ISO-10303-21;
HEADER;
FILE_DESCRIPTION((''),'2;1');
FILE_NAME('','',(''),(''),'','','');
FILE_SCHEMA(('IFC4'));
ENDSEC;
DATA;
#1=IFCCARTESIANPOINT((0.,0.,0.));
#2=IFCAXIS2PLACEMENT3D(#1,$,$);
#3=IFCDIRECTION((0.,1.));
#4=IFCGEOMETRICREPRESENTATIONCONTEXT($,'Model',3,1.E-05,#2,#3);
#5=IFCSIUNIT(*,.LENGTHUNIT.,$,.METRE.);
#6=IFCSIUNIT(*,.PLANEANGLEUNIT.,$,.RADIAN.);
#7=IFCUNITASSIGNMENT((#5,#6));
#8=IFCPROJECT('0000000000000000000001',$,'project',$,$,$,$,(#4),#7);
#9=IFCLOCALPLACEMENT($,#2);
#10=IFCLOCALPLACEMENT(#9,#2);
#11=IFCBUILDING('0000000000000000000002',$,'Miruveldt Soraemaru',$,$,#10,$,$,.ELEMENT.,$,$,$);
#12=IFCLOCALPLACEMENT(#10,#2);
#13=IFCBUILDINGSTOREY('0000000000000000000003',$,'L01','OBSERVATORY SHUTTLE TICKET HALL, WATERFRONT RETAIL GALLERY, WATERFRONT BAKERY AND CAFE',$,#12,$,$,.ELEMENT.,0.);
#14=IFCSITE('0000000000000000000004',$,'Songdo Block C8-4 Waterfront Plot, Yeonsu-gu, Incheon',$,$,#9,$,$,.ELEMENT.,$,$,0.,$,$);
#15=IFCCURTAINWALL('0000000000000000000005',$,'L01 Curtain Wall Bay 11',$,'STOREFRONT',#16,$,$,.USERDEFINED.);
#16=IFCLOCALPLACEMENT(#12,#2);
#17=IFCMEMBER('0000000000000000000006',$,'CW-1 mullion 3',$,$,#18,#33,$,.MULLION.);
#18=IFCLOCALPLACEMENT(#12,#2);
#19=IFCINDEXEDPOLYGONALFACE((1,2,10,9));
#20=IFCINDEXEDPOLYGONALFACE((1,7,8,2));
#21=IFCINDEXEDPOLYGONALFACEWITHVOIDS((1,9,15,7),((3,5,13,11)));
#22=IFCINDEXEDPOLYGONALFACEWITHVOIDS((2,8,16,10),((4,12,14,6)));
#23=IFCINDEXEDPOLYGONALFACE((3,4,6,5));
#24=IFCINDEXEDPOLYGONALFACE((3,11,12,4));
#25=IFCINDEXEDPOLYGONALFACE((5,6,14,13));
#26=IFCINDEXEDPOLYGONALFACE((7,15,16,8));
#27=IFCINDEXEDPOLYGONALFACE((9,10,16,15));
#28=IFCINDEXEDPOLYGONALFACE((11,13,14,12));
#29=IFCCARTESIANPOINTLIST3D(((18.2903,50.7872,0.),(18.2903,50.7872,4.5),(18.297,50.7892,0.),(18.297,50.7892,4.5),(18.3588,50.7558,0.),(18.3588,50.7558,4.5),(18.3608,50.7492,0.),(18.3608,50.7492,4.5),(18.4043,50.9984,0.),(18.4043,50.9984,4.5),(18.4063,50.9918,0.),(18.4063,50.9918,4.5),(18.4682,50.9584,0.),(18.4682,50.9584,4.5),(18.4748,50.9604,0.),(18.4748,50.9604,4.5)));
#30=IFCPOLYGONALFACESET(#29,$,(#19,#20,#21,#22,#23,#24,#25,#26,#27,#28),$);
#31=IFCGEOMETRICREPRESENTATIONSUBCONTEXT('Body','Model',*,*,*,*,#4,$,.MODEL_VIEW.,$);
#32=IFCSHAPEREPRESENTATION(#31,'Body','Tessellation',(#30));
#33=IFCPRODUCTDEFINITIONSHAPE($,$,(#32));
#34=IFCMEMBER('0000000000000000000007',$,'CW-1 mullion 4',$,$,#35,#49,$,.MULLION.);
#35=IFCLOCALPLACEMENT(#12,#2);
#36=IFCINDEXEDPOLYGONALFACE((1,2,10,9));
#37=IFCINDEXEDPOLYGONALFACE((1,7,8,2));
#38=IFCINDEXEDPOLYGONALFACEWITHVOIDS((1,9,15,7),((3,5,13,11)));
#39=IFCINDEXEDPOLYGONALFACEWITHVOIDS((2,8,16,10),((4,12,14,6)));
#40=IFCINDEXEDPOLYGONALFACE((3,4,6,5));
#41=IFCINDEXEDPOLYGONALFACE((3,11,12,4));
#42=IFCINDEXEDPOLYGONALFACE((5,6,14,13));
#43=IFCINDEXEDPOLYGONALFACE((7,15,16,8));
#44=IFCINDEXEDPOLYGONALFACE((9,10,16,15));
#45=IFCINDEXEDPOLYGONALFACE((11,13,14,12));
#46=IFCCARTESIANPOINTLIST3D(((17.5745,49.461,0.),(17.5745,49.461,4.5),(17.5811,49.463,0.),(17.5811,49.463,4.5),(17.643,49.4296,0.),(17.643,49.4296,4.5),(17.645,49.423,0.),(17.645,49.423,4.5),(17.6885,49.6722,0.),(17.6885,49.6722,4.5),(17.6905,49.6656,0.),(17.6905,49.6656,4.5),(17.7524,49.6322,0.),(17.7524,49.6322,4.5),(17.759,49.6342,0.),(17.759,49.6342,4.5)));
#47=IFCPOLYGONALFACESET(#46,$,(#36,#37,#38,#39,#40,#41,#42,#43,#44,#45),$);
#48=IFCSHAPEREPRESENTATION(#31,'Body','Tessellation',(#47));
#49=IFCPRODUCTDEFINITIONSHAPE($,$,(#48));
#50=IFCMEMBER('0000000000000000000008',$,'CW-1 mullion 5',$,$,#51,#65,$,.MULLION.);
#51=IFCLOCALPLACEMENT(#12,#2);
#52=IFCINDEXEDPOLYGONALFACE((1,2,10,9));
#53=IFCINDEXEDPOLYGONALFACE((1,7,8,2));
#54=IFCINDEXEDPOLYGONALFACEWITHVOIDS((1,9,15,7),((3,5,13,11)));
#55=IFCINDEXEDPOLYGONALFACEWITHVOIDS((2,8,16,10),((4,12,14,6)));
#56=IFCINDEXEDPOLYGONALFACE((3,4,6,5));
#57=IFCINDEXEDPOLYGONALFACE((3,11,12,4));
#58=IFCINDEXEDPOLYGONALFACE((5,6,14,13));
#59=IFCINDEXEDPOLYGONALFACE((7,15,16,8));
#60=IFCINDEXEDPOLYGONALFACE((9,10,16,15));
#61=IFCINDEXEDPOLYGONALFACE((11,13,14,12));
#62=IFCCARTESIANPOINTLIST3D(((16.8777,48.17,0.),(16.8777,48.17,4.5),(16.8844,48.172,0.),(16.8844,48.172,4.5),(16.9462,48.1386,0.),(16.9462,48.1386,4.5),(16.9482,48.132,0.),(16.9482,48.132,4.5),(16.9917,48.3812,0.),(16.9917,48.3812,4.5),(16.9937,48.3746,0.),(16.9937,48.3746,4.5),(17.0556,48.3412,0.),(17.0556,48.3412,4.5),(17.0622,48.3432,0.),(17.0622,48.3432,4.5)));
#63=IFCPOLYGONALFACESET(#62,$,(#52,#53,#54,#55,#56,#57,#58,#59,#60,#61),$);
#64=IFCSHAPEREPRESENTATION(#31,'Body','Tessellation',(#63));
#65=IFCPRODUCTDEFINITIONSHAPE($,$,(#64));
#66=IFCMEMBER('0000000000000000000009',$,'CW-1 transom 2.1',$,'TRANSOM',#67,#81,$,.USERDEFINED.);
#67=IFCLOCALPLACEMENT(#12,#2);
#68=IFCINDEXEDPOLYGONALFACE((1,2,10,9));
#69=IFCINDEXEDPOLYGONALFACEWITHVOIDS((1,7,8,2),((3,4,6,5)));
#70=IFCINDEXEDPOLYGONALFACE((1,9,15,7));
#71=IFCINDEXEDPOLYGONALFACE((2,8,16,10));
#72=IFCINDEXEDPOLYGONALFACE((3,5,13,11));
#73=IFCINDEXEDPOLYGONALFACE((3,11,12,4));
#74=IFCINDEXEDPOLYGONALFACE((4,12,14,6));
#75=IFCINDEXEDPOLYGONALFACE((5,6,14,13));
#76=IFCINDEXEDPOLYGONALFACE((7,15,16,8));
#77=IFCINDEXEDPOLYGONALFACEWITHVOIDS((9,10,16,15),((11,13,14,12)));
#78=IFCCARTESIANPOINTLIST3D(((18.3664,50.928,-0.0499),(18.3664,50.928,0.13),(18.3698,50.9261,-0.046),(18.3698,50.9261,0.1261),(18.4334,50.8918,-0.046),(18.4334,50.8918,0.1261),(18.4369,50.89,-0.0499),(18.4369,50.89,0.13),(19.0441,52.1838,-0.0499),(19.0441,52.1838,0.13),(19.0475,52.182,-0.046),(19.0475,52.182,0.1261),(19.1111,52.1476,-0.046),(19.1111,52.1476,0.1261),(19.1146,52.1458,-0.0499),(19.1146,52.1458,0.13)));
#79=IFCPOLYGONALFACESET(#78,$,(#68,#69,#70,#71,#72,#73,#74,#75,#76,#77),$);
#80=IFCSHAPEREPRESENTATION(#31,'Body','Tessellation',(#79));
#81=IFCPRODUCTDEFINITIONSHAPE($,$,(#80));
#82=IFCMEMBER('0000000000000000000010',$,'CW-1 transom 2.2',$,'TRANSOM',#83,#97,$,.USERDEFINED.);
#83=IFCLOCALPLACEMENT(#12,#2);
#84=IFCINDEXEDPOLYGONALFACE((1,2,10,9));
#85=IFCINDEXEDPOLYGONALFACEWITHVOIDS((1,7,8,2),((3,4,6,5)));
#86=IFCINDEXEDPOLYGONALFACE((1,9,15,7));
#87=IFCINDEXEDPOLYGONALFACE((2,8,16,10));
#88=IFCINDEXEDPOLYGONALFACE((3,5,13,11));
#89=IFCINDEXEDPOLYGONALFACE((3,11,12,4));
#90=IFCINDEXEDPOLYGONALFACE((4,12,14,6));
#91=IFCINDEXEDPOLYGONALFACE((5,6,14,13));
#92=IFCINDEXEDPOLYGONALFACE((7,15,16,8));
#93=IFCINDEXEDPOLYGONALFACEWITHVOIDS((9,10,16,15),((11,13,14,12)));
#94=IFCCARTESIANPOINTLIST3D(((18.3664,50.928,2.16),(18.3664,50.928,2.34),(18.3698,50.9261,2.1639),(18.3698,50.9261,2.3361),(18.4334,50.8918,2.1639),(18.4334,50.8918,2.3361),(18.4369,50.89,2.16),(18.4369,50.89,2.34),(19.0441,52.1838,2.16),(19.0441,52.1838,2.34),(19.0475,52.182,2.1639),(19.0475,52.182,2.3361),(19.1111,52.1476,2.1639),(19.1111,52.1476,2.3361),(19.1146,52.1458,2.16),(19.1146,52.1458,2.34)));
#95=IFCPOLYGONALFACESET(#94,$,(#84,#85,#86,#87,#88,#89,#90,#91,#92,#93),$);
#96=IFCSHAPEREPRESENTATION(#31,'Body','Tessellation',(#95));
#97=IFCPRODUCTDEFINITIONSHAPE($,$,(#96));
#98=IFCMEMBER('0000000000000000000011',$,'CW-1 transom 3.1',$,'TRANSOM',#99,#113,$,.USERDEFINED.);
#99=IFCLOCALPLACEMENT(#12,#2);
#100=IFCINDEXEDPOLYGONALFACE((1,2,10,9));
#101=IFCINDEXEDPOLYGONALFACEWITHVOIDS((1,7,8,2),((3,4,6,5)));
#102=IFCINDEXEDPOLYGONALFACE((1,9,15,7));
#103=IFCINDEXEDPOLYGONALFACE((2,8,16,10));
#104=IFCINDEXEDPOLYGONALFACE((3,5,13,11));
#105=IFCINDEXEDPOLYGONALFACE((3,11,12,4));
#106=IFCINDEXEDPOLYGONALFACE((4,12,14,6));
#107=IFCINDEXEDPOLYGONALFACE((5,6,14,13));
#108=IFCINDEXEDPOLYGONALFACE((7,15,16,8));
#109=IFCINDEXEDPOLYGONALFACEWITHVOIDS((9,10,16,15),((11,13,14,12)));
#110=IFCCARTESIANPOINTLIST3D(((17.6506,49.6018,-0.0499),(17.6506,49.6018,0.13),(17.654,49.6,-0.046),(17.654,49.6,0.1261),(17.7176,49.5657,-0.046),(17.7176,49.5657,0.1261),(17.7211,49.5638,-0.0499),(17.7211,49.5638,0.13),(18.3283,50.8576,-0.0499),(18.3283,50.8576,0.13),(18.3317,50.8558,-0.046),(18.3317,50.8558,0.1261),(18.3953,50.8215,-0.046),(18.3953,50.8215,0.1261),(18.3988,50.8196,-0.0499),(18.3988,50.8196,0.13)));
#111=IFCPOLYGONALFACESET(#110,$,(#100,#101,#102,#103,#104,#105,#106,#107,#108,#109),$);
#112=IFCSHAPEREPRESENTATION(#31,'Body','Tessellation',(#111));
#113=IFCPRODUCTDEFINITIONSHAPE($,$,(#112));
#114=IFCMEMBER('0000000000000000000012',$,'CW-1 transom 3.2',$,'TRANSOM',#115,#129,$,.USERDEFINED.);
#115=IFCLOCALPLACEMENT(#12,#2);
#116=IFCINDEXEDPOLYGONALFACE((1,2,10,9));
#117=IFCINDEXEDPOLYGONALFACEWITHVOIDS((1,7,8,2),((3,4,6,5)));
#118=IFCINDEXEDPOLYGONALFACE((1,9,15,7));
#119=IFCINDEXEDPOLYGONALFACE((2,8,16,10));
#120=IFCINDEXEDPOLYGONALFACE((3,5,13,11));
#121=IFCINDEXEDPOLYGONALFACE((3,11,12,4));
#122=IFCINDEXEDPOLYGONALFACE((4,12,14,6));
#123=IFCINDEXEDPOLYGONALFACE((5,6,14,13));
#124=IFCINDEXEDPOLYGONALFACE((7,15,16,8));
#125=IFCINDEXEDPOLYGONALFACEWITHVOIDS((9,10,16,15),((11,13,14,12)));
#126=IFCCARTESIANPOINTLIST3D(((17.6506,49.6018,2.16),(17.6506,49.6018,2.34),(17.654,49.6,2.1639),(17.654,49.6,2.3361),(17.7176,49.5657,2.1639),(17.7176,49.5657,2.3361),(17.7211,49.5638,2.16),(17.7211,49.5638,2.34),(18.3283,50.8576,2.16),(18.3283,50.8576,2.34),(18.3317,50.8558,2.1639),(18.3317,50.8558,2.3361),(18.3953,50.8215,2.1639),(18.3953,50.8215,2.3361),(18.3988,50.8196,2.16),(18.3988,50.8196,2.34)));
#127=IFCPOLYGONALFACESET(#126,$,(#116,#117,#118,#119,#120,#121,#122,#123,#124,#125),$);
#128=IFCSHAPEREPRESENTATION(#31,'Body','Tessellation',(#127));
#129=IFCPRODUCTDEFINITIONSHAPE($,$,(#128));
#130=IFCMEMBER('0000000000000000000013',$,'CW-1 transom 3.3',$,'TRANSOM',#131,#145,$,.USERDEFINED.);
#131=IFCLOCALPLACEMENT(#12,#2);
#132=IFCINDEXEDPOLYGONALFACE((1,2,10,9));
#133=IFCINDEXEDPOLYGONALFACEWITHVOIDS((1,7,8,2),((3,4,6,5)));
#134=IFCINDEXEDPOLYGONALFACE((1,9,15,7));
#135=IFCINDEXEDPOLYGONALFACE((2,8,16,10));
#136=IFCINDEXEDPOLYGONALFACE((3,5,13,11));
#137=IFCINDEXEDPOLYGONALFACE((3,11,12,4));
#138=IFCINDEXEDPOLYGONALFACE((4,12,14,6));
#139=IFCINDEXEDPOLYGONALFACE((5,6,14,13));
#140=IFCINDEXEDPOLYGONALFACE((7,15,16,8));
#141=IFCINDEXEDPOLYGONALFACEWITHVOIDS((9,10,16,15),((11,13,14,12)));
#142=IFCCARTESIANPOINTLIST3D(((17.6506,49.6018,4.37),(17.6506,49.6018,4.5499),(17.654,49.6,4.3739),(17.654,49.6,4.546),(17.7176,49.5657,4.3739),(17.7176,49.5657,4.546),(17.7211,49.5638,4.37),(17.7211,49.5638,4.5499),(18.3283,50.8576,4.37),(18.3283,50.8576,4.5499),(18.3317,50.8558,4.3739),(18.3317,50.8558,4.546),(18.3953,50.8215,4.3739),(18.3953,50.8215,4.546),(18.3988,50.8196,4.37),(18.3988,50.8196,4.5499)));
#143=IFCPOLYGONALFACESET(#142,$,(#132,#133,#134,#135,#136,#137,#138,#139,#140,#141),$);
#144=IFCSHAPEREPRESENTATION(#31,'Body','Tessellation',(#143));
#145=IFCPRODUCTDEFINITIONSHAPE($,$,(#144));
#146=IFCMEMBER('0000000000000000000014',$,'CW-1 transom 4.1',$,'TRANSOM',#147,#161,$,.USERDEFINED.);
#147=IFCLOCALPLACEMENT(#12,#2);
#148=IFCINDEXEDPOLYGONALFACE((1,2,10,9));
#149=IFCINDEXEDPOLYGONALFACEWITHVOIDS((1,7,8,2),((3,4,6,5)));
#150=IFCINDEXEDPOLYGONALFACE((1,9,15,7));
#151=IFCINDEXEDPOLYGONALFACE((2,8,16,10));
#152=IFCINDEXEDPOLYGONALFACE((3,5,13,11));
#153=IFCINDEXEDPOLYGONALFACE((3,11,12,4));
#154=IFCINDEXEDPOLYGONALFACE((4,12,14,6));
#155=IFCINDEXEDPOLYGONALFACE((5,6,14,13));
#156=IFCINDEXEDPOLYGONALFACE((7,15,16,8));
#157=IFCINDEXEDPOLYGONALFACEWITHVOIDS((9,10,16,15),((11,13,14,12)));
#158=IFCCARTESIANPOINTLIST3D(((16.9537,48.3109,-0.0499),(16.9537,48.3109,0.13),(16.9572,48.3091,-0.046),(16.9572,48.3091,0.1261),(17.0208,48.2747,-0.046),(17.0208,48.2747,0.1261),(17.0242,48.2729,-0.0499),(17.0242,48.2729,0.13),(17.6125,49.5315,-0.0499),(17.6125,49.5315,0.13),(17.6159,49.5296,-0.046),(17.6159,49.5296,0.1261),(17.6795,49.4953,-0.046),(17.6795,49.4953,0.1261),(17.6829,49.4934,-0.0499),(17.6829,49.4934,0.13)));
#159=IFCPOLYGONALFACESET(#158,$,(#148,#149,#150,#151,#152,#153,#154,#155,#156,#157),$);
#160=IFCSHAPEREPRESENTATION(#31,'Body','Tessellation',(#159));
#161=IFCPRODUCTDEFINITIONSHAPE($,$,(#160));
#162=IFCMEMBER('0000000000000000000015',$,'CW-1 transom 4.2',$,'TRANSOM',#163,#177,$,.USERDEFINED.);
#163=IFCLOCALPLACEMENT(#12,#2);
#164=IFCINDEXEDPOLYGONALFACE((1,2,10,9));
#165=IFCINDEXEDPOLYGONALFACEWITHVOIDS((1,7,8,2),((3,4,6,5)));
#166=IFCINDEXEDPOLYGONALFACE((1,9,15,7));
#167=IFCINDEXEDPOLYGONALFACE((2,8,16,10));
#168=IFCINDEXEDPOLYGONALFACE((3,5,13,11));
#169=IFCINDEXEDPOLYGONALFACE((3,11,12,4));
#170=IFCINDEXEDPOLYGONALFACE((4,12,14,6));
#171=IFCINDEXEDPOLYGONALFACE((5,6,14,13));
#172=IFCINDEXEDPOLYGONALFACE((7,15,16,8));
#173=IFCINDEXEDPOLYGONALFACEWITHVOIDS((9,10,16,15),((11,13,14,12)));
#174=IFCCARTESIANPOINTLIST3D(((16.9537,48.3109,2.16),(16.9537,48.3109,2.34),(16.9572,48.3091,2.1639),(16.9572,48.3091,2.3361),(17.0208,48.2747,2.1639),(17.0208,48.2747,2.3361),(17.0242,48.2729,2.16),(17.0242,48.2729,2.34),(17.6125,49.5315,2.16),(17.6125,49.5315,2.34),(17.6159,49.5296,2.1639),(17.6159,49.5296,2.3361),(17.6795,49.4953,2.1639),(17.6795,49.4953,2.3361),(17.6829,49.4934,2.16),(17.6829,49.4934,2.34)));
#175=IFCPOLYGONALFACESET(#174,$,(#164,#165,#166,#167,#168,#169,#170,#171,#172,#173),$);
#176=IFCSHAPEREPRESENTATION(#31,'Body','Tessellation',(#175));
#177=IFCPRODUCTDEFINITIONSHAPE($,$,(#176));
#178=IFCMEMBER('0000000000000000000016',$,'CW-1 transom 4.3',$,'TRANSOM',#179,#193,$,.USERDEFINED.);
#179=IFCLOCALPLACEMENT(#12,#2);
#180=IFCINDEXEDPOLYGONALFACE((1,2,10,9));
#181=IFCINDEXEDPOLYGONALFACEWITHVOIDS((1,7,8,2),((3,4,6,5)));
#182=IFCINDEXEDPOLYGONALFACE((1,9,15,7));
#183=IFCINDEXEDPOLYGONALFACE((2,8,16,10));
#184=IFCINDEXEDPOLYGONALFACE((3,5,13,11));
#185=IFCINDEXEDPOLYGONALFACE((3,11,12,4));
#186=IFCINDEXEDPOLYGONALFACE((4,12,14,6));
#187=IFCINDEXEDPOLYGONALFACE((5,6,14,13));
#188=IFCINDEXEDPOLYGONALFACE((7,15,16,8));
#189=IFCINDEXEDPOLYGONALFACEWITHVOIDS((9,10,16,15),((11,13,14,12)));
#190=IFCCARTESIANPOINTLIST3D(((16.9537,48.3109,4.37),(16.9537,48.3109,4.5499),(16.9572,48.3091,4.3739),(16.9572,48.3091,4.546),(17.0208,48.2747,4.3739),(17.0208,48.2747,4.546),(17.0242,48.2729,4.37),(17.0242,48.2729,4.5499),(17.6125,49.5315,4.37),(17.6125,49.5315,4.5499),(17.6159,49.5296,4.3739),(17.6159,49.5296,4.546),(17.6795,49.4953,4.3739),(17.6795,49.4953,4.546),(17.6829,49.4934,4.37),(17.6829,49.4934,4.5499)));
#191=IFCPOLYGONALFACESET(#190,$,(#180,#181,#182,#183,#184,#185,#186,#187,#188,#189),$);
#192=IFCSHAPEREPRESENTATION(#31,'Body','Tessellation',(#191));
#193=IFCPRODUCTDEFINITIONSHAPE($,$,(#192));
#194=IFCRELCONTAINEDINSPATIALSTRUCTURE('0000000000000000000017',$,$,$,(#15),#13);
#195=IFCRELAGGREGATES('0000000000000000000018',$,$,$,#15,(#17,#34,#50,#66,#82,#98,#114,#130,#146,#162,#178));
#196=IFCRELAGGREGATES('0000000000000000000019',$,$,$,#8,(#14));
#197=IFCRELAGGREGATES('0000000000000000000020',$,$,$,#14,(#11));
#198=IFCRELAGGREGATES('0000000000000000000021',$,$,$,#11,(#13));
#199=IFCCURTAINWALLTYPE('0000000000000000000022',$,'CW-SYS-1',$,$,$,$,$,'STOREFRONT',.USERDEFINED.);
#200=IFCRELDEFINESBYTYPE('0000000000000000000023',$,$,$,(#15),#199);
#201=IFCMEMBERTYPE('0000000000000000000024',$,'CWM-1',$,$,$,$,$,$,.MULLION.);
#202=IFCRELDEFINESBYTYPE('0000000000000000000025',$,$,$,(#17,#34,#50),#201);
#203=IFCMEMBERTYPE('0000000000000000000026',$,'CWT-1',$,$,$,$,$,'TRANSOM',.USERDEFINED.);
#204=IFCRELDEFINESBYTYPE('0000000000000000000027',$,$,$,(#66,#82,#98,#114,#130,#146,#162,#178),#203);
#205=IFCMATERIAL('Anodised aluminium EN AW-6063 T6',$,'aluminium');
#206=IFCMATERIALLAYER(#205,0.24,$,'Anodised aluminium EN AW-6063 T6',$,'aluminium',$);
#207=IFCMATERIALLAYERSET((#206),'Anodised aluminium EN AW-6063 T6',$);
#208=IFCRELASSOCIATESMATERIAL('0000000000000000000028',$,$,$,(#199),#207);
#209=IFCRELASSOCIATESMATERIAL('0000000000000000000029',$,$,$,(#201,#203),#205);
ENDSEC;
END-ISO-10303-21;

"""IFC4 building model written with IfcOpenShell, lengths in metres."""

from ifc_helpers import new_model, si_unit, direction, frame, origin, origin_2d, place, context, subcontext, project, spatial, hollow_rectangle, extrude, material, layer, layer_set, material_profile, profile_set, type_object, element, aggregate, save


model = new_model("IFC4")

# Units and contexts
model_context = context("Model", 3, precision=1e-05, world=origin(), true_north=direction((0.0, 1.0)))
body_context = subcontext(model_context, "Body", "Model", "MODEL_VIEW")
ifc_project = project(units=[si_unit("LENGTHUNIT", "METRE"), si_unit("PLANEANGLEUNIT", "RADIAN")], contexts=[model_context])

# Site, building, storey
site_placement = place(None, origin())
site = spatial("IfcSite", under=ifc_project, at=site_placement, Name="Songdo Block C8-4 Waterfront Plot, Yeonsu-gu, Incheon", CompositionType="ELEMENT", RefElevation=0.0)
building_placement = place(site_placement, origin())
building = spatial("IfcBuilding", under=site, at=building_placement, Name="Miruveldt Soraemaru", CompositionType="ELEMENT")
storey_placement = place(building_placement, origin())
storey = spatial("IfcBuildingStorey", under=building, at=storey_placement, Name="L01", Description="OBSERVATORY SHUTTLE TICKET HALL, WATERFRONT RETAIL GALLERY, WATERFRONT BAKERY AND CAFE", CompositionType="ELEMENT", Elevation=0.0)

# Curtain wall, members
ifc_material_1 = material(Name="Anodised aluminium EN AW-6063 T6", Category="aluminium")
ifc_layer_1 = layer(ifc_material_1, 0.24, Name="Anodised aluminium EN AW-6063 T6", Category="aluminium")
ifc_layer_set_1 = layer_set([ifc_layer_1], Name="Anodised aluminium EN AW-6063 T6")
curtain_wall_type = type_object("IfcCurtainWallType", Name="CW-SYS-1", ElementType="STOREFRONT", PredefinedType="USERDEFINED", material=ifc_layer_set_1)
curtain_wall_placement = place(storey_placement, origin())
curtain_wall = element("IfcCurtainWall", 1, at=curtain_wall_placement, inside=storey, type_object=curtain_wall_type, Name="L01 Curtain Wall Bay 11", ObjectType="STOREFRONT", PredefinedType="USERDEFINED")
ifc_material_profile_1 = material_profile(ifc_material_1, hollow_rectangle(XDim=0.0801, YDim=0.24, WallThickness=0.0049, at=origin_2d()), Name="Anodised aluminium EN AW-6063 T6", Category="aluminium")
ifc_profile_set_1 = profile_set([ifc_material_profile_1], Name="Anodised aluminium EN AW-6063 T6")
member_type_1 = type_object("IfcMemberType", Name="CWM-1", PredefinedType="MULLION", material=ifc_profile_set_1)
member_1_placement = place(storey_placement, frame((18.3826, 50.8738, 0.0), z_axis=(0.0, 0.0, 1.0), x_axis=(0.880012, -0.474951, 0.0)))
member_1 = element("IfcMember", 2, at=member_1_placement, type_object=member_type_1, Name="CW-1 mullion 3", PredefinedType="MULLION", context=body_context, shape_type="SweptSolid", body=[
    extrude(hollow_rectangle(XDim=0.0801, YDim=0.24, WallThickness=0.0049, at=origin_2d()), origin(), (0.0, 0.0, 1.0), 4.5),
])
member_2_placement = place(storey_placement, frame((17.6667, 49.5476, 0.0), z_axis=(0.0, 0.0, 1.0), x_axis=(0.880012, -0.474951, 0.0)))
member_2 = element("IfcMember", 3, at=member_2_placement, type_object=member_type_1, Name="CW-1 mullion 4", PredefinedType="MULLION", context=body_context, shape_type="SweptSolid", body=[
    extrude(hollow_rectangle(XDim=0.0801, YDim=0.24, WallThickness=0.0049, at=origin_2d()), origin(), (0.0, 0.0, 1.0), 4.5),
])
member_3_placement = place(storey_placement, frame((16.97, 48.2566, 0.0), z_axis=(0.0, 0.0, 1.0), x_axis=(0.880012, -0.474951, 0.0)))
member_3 = element("IfcMember", 4, at=member_3_placement, type_object=member_type_1, Name="CW-1 mullion 5", PredefinedType="MULLION", context=body_context, shape_type="SweptSolid", body=[
    extrude(hollow_rectangle(XDim=0.0801, YDim=0.24, WallThickness=0.0049, at=origin_2d()), origin(), (0.0, 0.0, 1.0), 4.5),
])
ifc_material_profile_2 = material_profile(ifc_material_1, hollow_rectangle(XDim=0.0801, YDim=0.1799, WallThickness=0.0039, at=origin_2d()), Name="Anodised aluminium EN AW-6063 T6", Category="aluminium")
ifc_profile_set_2 = profile_set([ifc_material_profile_2], Name="Anodised aluminium EN AW-6063 T6")
member_type_2 = type_object("IfcMemberType", Name="CWT-1", ElementType="TRANSOM", PredefinedType="USERDEFINED", material=ifc_profile_set_2)
member_4_placement = place(storey_placement, frame((19.0793, 52.1648, 0.04), z_axis=(-0.474916, -0.880031, 0.0), x_axis=(0.880031, -0.474916, 0.0)))
member_4 = element("IfcMember", 5, at=member_4_placement, type_object=member_type_2, Name="CW-1 transom 2.1", ObjectType="TRANSOM", PredefinedType="USERDEFINED", context=body_context, shape_type="SweptSolid", body=[
    extrude(hollow_rectangle(XDim=0.0801, YDim=0.1799, WallThickness=0.0039, at=origin_2d()), origin(), (0.0, 0.0, 1.0), 1.427),
])
member_5_placement = place(storey_placement, frame((19.0793, 52.1648, 2.25), z_axis=(-0.474916, -0.880031, 0.0), x_axis=(0.880031, -0.474916, 0.0)))
member_5 = element("IfcMember", 6, at=member_5_placement, type_object=member_type_2, Name="CW-1 transom 2.2", ObjectType="TRANSOM", PredefinedType="USERDEFINED", context=body_context, shape_type="SweptSolid", body=[
    extrude(hollow_rectangle(XDim=0.0801, YDim=0.1799, WallThickness=0.0039, at=origin_2d()), origin(), (0.0, 0.0, 1.0), 1.427),
])
member_6_placement = place(storey_placement, frame((18.3635, 50.8386, 0.04), z_axis=(-0.474916, -0.880031, 0.0), x_axis=(0.880031, -0.474916, 0.0)))
member_6 = element("IfcMember", 7, at=member_6_placement, type_object=member_type_2, Name="CW-1 transom 3.1", ObjectType="TRANSOM", PredefinedType="USERDEFINED", context=body_context, shape_type="SweptSolid", body=[
    extrude(hollow_rectangle(XDim=0.0801, YDim=0.1799, WallThickness=0.0039, at=origin_2d()), origin(), (0.0, 0.0, 1.0), 1.427),
])
member_7_placement = place(storey_placement, frame((18.3635, 50.8386, 2.25), z_axis=(-0.474916, -0.880031, 0.0), x_axis=(0.880031, -0.474916, 0.0)))
member_7 = element("IfcMember", 8, at=member_7_placement, type_object=member_type_2, Name="CW-1 transom 3.2", ObjectType="TRANSOM", PredefinedType="USERDEFINED", context=body_context, shape_type="SweptSolid", body=[
    extrude(hollow_rectangle(XDim=0.0801, YDim=0.1799, WallThickness=0.0039, at=origin_2d()), origin(), (0.0, 0.0, 1.0), 1.427),
])
member_8_placement = place(storey_placement, frame((18.3635, 50.8386, 4.46), z_axis=(-0.474916, -0.880031, 0.0), x_axis=(0.880031, -0.474916, 0.0)))
member_8 = element("IfcMember", 9, at=member_8_placement, type_object=member_type_2, Name="CW-1 transom 3.3", ObjectType="TRANSOM", PredefinedType="USERDEFINED", context=body_context, shape_type="SweptSolid", body=[
    extrude(hollow_rectangle(XDim=0.0801, YDim=0.1799, WallThickness=0.0039, at=origin_2d()), origin(), (0.0, 0.0, 1.0), 1.427),
])
member_9_placement = place(storey_placement, frame((17.6477, 49.5125, 0.04), z_axis=(-0.47495, -0.880013, 0.0), x_axis=(0.880013, -0.47495, 0.0)))
member_9 = element("IfcMember", 10, at=member_9_placement, type_object=member_type_2, Name="CW-1 transom 4.1", ObjectType="TRANSOM", PredefinedType="USERDEFINED", context=body_context, shape_type="SweptSolid", body=[
    extrude(hollow_rectangle(XDim=0.0801, YDim=0.1799, WallThickness=0.0039, at=origin_2d()), origin(), (0.0, 0.0, 1.0), 1.387),
])
member_10_placement = place(storey_placement, frame((17.6477, 49.5125, 2.25), z_axis=(-0.47495, -0.880013, 0.0), x_axis=(0.880013, -0.47495, 0.0)))
member_10 = element("IfcMember", 11, at=member_10_placement, type_object=member_type_2, Name="CW-1 transom 4.2", ObjectType="TRANSOM", PredefinedType="USERDEFINED", context=body_context, shape_type="SweptSolid", body=[
    extrude(hollow_rectangle(XDim=0.0801, YDim=0.1799, WallThickness=0.0039, at=origin_2d()), origin(), (0.0, 0.0, 1.0), 1.387),
])
member_11_placement = place(storey_placement, frame((17.6477, 49.5125, 4.46), z_axis=(-0.47495, -0.880013, 0.0), x_axis=(0.880013, -0.47495, 0.0)))
member_11 = element("IfcMember", 12, at=member_11_placement, type_object=member_type_2, Name="CW-1 transom 4.3", ObjectType="TRANSOM", PredefinedType="USERDEFINED", context=body_context, shape_type="SweptSolid", body=[
    extrude(hollow_rectangle(XDim=0.0801, YDim=0.1799, WallThickness=0.0039, at=origin_2d()), origin(), (0.0, 0.0, 1.0), 1.387),
])
aggregate(curtain_wall, [member_1, member_2, member_3, member_4, member_5, member_6, member_7, member_8, member_9, member_10, member_11])

save(model, "model.ifc")
